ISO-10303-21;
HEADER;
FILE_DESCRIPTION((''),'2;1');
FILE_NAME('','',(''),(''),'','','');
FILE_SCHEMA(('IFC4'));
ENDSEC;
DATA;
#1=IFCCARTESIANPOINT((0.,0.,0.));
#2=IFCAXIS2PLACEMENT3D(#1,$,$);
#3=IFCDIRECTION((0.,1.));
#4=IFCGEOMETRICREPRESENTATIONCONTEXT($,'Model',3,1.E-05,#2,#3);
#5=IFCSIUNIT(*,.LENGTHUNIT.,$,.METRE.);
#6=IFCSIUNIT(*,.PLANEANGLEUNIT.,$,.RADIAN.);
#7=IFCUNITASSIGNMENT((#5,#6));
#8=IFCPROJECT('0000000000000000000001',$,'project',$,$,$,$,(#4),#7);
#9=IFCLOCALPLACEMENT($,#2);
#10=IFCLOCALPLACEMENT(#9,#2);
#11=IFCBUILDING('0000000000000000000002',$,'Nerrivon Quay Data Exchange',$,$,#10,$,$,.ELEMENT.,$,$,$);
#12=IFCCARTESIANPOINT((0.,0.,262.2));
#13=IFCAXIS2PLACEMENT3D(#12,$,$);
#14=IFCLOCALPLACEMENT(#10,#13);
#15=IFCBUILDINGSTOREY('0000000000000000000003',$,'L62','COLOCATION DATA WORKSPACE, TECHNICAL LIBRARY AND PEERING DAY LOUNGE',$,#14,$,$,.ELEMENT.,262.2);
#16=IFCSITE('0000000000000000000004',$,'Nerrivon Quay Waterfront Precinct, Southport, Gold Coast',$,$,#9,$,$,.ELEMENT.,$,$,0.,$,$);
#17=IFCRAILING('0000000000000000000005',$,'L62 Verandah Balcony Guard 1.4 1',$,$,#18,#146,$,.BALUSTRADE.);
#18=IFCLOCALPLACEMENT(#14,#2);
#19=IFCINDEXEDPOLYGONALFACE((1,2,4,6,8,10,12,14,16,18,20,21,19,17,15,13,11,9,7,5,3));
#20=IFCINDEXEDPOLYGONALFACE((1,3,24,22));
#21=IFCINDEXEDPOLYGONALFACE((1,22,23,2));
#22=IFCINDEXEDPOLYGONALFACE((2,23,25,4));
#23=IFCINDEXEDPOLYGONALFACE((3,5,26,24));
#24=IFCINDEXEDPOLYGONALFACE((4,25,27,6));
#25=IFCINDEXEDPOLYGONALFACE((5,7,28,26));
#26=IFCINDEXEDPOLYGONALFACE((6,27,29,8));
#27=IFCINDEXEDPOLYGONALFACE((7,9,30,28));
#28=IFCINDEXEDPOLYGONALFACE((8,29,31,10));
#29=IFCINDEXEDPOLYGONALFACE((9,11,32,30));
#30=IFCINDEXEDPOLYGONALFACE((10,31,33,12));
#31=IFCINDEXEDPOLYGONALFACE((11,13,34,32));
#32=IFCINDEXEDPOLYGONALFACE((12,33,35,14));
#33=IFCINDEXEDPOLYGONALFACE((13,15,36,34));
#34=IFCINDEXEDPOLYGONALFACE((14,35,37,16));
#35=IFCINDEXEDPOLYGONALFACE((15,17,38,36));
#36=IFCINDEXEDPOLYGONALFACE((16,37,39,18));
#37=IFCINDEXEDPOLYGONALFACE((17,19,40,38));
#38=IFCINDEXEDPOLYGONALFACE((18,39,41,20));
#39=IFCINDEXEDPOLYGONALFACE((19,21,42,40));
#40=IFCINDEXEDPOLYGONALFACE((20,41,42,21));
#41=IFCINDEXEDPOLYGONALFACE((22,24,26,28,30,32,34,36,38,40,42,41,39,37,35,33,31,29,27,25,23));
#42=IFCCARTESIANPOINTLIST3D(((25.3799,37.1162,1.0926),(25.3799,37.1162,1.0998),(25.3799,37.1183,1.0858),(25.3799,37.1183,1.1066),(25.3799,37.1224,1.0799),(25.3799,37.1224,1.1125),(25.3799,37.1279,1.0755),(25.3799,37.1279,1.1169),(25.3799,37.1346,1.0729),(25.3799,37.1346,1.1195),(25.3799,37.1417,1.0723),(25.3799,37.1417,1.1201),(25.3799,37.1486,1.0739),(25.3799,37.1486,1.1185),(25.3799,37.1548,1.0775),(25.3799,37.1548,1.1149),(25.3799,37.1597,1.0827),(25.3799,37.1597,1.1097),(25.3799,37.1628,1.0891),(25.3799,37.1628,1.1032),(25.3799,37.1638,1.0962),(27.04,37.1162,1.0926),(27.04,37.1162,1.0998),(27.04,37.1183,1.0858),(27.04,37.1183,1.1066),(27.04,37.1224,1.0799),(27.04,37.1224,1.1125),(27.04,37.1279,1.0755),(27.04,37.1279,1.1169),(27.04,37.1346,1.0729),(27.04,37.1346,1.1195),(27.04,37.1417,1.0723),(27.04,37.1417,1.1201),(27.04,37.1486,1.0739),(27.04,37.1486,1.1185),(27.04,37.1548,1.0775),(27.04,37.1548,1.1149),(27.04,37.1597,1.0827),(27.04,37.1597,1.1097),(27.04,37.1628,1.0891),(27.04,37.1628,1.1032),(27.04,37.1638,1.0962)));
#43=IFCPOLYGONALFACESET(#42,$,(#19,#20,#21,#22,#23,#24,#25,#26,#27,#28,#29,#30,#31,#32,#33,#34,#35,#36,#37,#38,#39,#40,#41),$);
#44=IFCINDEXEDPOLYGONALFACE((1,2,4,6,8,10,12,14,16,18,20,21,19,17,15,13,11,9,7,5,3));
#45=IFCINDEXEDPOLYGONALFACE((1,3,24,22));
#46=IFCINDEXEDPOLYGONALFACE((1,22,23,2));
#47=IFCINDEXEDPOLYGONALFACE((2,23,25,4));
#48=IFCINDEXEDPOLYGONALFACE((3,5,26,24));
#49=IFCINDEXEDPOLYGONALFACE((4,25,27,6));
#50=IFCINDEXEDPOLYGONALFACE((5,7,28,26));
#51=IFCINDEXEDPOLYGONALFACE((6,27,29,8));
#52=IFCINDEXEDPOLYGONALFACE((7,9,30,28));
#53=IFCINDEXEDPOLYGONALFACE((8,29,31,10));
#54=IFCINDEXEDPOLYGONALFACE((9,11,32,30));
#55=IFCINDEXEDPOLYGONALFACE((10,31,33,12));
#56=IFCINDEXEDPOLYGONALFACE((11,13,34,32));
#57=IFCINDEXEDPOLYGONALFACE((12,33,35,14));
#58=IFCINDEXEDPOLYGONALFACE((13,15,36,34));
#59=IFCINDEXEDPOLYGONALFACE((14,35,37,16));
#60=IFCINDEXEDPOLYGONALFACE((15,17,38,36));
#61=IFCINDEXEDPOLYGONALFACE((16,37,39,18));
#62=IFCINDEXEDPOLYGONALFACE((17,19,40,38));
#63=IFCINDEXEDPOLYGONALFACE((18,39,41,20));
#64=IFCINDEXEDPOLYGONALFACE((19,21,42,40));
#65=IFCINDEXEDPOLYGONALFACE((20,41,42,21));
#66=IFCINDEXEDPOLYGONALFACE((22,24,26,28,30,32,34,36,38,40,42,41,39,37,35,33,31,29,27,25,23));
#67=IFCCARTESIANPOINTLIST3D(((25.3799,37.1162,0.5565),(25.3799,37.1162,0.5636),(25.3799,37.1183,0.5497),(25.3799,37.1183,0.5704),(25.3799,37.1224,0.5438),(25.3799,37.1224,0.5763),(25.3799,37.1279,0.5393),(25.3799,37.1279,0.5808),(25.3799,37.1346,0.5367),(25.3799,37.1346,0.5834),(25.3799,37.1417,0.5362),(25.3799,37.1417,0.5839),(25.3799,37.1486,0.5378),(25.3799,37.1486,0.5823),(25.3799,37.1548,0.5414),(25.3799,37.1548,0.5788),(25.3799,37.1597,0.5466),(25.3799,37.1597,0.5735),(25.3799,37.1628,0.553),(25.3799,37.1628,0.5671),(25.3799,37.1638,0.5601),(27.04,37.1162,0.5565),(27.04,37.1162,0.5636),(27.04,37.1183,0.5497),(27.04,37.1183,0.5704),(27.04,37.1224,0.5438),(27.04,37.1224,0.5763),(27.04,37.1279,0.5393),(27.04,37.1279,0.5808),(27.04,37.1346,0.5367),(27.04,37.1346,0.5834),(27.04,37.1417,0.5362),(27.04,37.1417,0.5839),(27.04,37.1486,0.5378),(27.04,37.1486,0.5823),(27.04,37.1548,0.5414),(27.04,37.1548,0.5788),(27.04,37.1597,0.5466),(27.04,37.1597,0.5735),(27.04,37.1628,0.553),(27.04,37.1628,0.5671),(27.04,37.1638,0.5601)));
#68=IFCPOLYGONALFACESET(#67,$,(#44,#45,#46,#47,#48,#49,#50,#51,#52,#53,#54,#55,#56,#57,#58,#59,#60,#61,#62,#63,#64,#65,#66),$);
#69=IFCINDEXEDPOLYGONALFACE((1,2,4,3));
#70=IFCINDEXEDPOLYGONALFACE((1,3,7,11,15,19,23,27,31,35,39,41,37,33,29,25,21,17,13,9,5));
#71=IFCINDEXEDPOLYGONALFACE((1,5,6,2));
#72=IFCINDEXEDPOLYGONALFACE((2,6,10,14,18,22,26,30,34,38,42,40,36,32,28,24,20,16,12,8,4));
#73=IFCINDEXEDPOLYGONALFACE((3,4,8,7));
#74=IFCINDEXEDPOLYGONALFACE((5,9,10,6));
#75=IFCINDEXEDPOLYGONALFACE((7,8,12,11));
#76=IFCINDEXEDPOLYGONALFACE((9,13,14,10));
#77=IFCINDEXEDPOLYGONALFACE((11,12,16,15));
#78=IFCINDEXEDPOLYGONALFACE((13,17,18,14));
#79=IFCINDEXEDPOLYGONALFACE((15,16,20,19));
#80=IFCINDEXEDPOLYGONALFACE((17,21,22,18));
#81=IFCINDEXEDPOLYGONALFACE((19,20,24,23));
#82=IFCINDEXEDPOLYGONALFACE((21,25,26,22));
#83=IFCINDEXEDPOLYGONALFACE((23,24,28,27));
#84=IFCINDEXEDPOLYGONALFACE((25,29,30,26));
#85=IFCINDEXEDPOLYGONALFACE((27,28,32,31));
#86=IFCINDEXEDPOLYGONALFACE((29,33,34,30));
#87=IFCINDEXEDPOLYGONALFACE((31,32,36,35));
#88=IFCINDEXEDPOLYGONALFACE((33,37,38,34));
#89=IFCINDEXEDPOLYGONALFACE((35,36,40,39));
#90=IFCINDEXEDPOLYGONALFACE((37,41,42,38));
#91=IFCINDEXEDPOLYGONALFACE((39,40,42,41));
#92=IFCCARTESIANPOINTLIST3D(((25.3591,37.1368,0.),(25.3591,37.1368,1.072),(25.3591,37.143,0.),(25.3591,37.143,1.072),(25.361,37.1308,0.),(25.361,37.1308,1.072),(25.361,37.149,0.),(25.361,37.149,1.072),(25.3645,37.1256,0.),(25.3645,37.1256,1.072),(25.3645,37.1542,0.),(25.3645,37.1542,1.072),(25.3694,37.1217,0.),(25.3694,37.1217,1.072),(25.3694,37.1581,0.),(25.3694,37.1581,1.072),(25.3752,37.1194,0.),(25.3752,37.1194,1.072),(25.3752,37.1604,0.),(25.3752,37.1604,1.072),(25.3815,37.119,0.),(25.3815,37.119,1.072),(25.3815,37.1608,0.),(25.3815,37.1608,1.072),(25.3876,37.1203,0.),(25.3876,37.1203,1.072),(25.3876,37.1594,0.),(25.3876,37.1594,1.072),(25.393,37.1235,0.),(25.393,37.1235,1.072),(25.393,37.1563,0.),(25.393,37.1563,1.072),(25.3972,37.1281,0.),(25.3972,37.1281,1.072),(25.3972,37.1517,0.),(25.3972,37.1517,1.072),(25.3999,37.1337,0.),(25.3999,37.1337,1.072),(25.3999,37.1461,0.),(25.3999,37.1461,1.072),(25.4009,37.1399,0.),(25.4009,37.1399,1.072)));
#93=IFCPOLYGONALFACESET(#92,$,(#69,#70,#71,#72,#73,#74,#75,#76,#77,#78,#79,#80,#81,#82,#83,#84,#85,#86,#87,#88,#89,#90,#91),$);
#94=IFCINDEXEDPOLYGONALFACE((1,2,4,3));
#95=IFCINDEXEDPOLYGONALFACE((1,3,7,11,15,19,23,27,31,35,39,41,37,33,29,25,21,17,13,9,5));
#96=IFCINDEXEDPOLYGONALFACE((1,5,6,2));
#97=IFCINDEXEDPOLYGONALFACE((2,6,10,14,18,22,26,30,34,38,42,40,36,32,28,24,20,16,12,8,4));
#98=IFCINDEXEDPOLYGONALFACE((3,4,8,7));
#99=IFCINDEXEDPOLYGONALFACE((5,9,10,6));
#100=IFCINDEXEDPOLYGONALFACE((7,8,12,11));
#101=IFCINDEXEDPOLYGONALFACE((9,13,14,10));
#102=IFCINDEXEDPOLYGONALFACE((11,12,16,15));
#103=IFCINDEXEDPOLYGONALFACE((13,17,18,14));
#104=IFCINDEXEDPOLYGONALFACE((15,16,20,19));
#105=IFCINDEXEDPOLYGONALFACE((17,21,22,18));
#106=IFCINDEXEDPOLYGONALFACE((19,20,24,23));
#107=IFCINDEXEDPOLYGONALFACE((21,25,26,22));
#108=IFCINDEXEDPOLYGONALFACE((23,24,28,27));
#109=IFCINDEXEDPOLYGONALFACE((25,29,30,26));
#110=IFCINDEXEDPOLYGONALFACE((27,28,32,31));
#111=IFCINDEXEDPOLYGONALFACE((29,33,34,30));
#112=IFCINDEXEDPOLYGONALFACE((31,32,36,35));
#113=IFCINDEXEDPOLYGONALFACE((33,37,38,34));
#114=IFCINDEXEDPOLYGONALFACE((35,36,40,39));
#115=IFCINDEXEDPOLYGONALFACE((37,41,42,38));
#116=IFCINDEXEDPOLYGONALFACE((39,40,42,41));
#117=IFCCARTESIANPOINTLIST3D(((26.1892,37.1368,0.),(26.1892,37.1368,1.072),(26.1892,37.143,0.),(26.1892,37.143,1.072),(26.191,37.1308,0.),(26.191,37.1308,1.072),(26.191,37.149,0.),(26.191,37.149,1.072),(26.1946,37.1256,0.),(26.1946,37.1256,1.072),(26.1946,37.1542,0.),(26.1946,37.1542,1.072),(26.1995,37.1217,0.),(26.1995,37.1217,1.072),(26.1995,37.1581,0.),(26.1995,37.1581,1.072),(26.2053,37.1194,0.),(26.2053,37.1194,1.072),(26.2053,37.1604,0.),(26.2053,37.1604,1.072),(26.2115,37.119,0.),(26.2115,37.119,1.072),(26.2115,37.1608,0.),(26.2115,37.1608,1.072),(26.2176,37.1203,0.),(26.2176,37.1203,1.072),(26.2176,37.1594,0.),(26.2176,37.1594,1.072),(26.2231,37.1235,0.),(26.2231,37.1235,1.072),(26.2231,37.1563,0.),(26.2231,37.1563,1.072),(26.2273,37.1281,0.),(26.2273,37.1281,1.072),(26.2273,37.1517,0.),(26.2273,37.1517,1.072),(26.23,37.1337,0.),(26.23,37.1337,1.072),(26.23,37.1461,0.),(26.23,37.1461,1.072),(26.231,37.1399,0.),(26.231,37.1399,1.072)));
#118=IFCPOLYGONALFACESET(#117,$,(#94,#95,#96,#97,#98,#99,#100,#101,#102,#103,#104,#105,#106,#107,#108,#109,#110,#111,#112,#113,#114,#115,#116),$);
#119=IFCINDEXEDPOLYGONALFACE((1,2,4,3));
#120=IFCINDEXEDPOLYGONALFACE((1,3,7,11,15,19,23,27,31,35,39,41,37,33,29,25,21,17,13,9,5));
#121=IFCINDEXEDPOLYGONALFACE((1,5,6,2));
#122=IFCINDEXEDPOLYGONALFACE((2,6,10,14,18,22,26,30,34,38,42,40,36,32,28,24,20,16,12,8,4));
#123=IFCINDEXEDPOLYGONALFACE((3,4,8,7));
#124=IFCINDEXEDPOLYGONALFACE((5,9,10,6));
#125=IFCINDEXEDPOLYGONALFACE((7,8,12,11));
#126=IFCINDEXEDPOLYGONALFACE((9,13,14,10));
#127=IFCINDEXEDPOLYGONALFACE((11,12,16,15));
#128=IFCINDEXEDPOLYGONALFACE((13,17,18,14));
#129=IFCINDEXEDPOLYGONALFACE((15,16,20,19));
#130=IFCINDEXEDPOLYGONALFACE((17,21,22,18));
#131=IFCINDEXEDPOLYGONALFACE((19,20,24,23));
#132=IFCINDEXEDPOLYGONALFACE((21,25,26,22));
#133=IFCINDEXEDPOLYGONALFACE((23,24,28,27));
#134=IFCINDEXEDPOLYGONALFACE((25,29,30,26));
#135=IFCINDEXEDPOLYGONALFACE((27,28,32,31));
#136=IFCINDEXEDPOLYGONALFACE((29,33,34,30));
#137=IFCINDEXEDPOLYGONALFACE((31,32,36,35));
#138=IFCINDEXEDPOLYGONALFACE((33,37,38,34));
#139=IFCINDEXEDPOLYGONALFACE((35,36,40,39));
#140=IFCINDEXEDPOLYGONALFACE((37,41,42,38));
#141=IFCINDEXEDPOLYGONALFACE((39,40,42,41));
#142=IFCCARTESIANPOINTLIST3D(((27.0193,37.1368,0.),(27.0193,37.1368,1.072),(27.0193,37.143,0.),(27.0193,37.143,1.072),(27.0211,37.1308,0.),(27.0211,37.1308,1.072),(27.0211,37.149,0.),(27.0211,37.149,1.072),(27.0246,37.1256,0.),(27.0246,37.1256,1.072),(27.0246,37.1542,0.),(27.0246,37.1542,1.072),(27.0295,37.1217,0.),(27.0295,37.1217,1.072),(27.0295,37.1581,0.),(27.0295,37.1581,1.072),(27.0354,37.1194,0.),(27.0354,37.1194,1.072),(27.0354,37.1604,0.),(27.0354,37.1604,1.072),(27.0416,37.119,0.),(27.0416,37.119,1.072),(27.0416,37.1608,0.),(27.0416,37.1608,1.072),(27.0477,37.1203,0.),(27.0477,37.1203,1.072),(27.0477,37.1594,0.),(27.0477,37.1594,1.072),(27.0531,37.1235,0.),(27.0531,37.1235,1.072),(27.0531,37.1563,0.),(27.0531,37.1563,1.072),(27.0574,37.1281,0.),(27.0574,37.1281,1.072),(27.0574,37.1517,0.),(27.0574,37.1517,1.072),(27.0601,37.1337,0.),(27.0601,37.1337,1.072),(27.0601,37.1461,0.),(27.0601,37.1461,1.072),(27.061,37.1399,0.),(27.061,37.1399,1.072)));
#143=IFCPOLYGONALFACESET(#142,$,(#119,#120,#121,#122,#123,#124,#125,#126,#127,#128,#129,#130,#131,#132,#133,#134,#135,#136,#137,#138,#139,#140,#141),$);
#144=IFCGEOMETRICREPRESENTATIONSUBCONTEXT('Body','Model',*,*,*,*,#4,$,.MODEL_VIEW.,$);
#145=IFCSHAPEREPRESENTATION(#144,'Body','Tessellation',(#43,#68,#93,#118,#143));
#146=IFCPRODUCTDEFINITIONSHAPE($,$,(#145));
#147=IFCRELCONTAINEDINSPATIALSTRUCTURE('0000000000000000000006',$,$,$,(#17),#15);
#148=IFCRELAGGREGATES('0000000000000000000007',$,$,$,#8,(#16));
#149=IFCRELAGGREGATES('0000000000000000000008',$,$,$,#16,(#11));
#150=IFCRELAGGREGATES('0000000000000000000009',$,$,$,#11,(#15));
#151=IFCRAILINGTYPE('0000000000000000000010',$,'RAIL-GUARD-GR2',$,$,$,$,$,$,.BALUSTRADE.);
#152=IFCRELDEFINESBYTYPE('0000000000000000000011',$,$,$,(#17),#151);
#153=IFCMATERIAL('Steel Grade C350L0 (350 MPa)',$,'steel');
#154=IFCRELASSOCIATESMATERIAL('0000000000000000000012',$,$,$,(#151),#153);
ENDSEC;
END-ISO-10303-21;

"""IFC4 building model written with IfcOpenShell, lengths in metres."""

from ifc_helpers import new_model, si_unit, direction, frame, origin, origin_2d, place, context, subcontext, project, spatial, circle, extrude, material, type_object, element, save


model = new_model("IFC4")

# Units and contexts
model_context = context("Model", 3, precision=1e-05, world=origin(), true_north=direction((0.0, 1.0)))
body_context = subcontext(model_context, "Body", "Model", "MODEL_VIEW")
ifc_project = project(units=[si_unit("LENGTHUNIT", "METRE"), si_unit("PLANEANGLEUNIT", "RADIAN")], contexts=[model_context])

# Site, building, storey
site_placement = place(None, origin())
site = spatial("IfcSite", under=ifc_project, at=site_placement, Name="Nerrivon Quay Waterfront Precinct, Southport, Gold Coast", CompositionType="ELEMENT", RefElevation=0.0)
building_placement = place(site_placement, origin())
building = spatial("IfcBuilding", under=site, at=building_placement, Name="Nerrivon Quay Data Exchange", CompositionType="ELEMENT")
storey_placement = place(building_placement, frame((0.0, 0.0, 262.2)))
storey = spatial("IfcBuildingStorey", under=building, at=storey_placement, Name="L62", Description="COLOCATION DATA WORKSPACE, TECHNICAL LIBRARY AND PEERING DAY LOUNGE", CompositionType="ELEMENT", Elevation=262.2)

# Shared definitions
ifc_material_1 = material(Name="Steel Grade C350L0 (350 MPa)", Category="steel")

# Railing
railing_type = type_object("IfcRailingType", Name="RAIL-GUARD-GR2", PredefinedType="BALUSTRADE", material=ifc_material_1)
railing_1_placement = place(storey_placement, frame((25.3799, 37.1399, 0.0)))
element("IfcRailing", 1, at=railing_1_placement, inside=storey, type_object=railing_type, Name="L62 Verandah Balcony Guard 1.4 1", PredefinedType="BALUSTRADE", context=body_context, shape_type="SweptSolid", body=[
    extrude(circle(Radius=0.0239, at=origin_2d()), frame((0.0, 0.0, 1.0962), z_axis=(1.0, 0.0, 0.0), x_axis=(0.0, 1.0, 0.0)), (0.0, 0.0, 1.0), 1.6602),
    extrude(circle(Radius=0.0239, at=origin_2d()), frame((0.0, 0.0, 0.5601), z_axis=(1.0, 0.0, 0.0), x_axis=(0.0, 1.0, 0.0)), (0.0, 0.0, 1.0), 1.6602),
    extrude(circle(Radius=0.021, at=origin_2d()), origin(), (0.0, 0.0, 1.0), 1.072),
    extrude(circle(Radius=0.021, at=origin_2d()), frame((0.8301, 0.0, 0.0)), (0.0, 0.0, 1.0), 1.072),
    extrude(circle(Radius=0.021, at=origin_2d()), frame((1.6602, 0.0, 0.0)), (0.0, 0.0, 1.0), 1.072),
])

save(model, "model.ifc")
